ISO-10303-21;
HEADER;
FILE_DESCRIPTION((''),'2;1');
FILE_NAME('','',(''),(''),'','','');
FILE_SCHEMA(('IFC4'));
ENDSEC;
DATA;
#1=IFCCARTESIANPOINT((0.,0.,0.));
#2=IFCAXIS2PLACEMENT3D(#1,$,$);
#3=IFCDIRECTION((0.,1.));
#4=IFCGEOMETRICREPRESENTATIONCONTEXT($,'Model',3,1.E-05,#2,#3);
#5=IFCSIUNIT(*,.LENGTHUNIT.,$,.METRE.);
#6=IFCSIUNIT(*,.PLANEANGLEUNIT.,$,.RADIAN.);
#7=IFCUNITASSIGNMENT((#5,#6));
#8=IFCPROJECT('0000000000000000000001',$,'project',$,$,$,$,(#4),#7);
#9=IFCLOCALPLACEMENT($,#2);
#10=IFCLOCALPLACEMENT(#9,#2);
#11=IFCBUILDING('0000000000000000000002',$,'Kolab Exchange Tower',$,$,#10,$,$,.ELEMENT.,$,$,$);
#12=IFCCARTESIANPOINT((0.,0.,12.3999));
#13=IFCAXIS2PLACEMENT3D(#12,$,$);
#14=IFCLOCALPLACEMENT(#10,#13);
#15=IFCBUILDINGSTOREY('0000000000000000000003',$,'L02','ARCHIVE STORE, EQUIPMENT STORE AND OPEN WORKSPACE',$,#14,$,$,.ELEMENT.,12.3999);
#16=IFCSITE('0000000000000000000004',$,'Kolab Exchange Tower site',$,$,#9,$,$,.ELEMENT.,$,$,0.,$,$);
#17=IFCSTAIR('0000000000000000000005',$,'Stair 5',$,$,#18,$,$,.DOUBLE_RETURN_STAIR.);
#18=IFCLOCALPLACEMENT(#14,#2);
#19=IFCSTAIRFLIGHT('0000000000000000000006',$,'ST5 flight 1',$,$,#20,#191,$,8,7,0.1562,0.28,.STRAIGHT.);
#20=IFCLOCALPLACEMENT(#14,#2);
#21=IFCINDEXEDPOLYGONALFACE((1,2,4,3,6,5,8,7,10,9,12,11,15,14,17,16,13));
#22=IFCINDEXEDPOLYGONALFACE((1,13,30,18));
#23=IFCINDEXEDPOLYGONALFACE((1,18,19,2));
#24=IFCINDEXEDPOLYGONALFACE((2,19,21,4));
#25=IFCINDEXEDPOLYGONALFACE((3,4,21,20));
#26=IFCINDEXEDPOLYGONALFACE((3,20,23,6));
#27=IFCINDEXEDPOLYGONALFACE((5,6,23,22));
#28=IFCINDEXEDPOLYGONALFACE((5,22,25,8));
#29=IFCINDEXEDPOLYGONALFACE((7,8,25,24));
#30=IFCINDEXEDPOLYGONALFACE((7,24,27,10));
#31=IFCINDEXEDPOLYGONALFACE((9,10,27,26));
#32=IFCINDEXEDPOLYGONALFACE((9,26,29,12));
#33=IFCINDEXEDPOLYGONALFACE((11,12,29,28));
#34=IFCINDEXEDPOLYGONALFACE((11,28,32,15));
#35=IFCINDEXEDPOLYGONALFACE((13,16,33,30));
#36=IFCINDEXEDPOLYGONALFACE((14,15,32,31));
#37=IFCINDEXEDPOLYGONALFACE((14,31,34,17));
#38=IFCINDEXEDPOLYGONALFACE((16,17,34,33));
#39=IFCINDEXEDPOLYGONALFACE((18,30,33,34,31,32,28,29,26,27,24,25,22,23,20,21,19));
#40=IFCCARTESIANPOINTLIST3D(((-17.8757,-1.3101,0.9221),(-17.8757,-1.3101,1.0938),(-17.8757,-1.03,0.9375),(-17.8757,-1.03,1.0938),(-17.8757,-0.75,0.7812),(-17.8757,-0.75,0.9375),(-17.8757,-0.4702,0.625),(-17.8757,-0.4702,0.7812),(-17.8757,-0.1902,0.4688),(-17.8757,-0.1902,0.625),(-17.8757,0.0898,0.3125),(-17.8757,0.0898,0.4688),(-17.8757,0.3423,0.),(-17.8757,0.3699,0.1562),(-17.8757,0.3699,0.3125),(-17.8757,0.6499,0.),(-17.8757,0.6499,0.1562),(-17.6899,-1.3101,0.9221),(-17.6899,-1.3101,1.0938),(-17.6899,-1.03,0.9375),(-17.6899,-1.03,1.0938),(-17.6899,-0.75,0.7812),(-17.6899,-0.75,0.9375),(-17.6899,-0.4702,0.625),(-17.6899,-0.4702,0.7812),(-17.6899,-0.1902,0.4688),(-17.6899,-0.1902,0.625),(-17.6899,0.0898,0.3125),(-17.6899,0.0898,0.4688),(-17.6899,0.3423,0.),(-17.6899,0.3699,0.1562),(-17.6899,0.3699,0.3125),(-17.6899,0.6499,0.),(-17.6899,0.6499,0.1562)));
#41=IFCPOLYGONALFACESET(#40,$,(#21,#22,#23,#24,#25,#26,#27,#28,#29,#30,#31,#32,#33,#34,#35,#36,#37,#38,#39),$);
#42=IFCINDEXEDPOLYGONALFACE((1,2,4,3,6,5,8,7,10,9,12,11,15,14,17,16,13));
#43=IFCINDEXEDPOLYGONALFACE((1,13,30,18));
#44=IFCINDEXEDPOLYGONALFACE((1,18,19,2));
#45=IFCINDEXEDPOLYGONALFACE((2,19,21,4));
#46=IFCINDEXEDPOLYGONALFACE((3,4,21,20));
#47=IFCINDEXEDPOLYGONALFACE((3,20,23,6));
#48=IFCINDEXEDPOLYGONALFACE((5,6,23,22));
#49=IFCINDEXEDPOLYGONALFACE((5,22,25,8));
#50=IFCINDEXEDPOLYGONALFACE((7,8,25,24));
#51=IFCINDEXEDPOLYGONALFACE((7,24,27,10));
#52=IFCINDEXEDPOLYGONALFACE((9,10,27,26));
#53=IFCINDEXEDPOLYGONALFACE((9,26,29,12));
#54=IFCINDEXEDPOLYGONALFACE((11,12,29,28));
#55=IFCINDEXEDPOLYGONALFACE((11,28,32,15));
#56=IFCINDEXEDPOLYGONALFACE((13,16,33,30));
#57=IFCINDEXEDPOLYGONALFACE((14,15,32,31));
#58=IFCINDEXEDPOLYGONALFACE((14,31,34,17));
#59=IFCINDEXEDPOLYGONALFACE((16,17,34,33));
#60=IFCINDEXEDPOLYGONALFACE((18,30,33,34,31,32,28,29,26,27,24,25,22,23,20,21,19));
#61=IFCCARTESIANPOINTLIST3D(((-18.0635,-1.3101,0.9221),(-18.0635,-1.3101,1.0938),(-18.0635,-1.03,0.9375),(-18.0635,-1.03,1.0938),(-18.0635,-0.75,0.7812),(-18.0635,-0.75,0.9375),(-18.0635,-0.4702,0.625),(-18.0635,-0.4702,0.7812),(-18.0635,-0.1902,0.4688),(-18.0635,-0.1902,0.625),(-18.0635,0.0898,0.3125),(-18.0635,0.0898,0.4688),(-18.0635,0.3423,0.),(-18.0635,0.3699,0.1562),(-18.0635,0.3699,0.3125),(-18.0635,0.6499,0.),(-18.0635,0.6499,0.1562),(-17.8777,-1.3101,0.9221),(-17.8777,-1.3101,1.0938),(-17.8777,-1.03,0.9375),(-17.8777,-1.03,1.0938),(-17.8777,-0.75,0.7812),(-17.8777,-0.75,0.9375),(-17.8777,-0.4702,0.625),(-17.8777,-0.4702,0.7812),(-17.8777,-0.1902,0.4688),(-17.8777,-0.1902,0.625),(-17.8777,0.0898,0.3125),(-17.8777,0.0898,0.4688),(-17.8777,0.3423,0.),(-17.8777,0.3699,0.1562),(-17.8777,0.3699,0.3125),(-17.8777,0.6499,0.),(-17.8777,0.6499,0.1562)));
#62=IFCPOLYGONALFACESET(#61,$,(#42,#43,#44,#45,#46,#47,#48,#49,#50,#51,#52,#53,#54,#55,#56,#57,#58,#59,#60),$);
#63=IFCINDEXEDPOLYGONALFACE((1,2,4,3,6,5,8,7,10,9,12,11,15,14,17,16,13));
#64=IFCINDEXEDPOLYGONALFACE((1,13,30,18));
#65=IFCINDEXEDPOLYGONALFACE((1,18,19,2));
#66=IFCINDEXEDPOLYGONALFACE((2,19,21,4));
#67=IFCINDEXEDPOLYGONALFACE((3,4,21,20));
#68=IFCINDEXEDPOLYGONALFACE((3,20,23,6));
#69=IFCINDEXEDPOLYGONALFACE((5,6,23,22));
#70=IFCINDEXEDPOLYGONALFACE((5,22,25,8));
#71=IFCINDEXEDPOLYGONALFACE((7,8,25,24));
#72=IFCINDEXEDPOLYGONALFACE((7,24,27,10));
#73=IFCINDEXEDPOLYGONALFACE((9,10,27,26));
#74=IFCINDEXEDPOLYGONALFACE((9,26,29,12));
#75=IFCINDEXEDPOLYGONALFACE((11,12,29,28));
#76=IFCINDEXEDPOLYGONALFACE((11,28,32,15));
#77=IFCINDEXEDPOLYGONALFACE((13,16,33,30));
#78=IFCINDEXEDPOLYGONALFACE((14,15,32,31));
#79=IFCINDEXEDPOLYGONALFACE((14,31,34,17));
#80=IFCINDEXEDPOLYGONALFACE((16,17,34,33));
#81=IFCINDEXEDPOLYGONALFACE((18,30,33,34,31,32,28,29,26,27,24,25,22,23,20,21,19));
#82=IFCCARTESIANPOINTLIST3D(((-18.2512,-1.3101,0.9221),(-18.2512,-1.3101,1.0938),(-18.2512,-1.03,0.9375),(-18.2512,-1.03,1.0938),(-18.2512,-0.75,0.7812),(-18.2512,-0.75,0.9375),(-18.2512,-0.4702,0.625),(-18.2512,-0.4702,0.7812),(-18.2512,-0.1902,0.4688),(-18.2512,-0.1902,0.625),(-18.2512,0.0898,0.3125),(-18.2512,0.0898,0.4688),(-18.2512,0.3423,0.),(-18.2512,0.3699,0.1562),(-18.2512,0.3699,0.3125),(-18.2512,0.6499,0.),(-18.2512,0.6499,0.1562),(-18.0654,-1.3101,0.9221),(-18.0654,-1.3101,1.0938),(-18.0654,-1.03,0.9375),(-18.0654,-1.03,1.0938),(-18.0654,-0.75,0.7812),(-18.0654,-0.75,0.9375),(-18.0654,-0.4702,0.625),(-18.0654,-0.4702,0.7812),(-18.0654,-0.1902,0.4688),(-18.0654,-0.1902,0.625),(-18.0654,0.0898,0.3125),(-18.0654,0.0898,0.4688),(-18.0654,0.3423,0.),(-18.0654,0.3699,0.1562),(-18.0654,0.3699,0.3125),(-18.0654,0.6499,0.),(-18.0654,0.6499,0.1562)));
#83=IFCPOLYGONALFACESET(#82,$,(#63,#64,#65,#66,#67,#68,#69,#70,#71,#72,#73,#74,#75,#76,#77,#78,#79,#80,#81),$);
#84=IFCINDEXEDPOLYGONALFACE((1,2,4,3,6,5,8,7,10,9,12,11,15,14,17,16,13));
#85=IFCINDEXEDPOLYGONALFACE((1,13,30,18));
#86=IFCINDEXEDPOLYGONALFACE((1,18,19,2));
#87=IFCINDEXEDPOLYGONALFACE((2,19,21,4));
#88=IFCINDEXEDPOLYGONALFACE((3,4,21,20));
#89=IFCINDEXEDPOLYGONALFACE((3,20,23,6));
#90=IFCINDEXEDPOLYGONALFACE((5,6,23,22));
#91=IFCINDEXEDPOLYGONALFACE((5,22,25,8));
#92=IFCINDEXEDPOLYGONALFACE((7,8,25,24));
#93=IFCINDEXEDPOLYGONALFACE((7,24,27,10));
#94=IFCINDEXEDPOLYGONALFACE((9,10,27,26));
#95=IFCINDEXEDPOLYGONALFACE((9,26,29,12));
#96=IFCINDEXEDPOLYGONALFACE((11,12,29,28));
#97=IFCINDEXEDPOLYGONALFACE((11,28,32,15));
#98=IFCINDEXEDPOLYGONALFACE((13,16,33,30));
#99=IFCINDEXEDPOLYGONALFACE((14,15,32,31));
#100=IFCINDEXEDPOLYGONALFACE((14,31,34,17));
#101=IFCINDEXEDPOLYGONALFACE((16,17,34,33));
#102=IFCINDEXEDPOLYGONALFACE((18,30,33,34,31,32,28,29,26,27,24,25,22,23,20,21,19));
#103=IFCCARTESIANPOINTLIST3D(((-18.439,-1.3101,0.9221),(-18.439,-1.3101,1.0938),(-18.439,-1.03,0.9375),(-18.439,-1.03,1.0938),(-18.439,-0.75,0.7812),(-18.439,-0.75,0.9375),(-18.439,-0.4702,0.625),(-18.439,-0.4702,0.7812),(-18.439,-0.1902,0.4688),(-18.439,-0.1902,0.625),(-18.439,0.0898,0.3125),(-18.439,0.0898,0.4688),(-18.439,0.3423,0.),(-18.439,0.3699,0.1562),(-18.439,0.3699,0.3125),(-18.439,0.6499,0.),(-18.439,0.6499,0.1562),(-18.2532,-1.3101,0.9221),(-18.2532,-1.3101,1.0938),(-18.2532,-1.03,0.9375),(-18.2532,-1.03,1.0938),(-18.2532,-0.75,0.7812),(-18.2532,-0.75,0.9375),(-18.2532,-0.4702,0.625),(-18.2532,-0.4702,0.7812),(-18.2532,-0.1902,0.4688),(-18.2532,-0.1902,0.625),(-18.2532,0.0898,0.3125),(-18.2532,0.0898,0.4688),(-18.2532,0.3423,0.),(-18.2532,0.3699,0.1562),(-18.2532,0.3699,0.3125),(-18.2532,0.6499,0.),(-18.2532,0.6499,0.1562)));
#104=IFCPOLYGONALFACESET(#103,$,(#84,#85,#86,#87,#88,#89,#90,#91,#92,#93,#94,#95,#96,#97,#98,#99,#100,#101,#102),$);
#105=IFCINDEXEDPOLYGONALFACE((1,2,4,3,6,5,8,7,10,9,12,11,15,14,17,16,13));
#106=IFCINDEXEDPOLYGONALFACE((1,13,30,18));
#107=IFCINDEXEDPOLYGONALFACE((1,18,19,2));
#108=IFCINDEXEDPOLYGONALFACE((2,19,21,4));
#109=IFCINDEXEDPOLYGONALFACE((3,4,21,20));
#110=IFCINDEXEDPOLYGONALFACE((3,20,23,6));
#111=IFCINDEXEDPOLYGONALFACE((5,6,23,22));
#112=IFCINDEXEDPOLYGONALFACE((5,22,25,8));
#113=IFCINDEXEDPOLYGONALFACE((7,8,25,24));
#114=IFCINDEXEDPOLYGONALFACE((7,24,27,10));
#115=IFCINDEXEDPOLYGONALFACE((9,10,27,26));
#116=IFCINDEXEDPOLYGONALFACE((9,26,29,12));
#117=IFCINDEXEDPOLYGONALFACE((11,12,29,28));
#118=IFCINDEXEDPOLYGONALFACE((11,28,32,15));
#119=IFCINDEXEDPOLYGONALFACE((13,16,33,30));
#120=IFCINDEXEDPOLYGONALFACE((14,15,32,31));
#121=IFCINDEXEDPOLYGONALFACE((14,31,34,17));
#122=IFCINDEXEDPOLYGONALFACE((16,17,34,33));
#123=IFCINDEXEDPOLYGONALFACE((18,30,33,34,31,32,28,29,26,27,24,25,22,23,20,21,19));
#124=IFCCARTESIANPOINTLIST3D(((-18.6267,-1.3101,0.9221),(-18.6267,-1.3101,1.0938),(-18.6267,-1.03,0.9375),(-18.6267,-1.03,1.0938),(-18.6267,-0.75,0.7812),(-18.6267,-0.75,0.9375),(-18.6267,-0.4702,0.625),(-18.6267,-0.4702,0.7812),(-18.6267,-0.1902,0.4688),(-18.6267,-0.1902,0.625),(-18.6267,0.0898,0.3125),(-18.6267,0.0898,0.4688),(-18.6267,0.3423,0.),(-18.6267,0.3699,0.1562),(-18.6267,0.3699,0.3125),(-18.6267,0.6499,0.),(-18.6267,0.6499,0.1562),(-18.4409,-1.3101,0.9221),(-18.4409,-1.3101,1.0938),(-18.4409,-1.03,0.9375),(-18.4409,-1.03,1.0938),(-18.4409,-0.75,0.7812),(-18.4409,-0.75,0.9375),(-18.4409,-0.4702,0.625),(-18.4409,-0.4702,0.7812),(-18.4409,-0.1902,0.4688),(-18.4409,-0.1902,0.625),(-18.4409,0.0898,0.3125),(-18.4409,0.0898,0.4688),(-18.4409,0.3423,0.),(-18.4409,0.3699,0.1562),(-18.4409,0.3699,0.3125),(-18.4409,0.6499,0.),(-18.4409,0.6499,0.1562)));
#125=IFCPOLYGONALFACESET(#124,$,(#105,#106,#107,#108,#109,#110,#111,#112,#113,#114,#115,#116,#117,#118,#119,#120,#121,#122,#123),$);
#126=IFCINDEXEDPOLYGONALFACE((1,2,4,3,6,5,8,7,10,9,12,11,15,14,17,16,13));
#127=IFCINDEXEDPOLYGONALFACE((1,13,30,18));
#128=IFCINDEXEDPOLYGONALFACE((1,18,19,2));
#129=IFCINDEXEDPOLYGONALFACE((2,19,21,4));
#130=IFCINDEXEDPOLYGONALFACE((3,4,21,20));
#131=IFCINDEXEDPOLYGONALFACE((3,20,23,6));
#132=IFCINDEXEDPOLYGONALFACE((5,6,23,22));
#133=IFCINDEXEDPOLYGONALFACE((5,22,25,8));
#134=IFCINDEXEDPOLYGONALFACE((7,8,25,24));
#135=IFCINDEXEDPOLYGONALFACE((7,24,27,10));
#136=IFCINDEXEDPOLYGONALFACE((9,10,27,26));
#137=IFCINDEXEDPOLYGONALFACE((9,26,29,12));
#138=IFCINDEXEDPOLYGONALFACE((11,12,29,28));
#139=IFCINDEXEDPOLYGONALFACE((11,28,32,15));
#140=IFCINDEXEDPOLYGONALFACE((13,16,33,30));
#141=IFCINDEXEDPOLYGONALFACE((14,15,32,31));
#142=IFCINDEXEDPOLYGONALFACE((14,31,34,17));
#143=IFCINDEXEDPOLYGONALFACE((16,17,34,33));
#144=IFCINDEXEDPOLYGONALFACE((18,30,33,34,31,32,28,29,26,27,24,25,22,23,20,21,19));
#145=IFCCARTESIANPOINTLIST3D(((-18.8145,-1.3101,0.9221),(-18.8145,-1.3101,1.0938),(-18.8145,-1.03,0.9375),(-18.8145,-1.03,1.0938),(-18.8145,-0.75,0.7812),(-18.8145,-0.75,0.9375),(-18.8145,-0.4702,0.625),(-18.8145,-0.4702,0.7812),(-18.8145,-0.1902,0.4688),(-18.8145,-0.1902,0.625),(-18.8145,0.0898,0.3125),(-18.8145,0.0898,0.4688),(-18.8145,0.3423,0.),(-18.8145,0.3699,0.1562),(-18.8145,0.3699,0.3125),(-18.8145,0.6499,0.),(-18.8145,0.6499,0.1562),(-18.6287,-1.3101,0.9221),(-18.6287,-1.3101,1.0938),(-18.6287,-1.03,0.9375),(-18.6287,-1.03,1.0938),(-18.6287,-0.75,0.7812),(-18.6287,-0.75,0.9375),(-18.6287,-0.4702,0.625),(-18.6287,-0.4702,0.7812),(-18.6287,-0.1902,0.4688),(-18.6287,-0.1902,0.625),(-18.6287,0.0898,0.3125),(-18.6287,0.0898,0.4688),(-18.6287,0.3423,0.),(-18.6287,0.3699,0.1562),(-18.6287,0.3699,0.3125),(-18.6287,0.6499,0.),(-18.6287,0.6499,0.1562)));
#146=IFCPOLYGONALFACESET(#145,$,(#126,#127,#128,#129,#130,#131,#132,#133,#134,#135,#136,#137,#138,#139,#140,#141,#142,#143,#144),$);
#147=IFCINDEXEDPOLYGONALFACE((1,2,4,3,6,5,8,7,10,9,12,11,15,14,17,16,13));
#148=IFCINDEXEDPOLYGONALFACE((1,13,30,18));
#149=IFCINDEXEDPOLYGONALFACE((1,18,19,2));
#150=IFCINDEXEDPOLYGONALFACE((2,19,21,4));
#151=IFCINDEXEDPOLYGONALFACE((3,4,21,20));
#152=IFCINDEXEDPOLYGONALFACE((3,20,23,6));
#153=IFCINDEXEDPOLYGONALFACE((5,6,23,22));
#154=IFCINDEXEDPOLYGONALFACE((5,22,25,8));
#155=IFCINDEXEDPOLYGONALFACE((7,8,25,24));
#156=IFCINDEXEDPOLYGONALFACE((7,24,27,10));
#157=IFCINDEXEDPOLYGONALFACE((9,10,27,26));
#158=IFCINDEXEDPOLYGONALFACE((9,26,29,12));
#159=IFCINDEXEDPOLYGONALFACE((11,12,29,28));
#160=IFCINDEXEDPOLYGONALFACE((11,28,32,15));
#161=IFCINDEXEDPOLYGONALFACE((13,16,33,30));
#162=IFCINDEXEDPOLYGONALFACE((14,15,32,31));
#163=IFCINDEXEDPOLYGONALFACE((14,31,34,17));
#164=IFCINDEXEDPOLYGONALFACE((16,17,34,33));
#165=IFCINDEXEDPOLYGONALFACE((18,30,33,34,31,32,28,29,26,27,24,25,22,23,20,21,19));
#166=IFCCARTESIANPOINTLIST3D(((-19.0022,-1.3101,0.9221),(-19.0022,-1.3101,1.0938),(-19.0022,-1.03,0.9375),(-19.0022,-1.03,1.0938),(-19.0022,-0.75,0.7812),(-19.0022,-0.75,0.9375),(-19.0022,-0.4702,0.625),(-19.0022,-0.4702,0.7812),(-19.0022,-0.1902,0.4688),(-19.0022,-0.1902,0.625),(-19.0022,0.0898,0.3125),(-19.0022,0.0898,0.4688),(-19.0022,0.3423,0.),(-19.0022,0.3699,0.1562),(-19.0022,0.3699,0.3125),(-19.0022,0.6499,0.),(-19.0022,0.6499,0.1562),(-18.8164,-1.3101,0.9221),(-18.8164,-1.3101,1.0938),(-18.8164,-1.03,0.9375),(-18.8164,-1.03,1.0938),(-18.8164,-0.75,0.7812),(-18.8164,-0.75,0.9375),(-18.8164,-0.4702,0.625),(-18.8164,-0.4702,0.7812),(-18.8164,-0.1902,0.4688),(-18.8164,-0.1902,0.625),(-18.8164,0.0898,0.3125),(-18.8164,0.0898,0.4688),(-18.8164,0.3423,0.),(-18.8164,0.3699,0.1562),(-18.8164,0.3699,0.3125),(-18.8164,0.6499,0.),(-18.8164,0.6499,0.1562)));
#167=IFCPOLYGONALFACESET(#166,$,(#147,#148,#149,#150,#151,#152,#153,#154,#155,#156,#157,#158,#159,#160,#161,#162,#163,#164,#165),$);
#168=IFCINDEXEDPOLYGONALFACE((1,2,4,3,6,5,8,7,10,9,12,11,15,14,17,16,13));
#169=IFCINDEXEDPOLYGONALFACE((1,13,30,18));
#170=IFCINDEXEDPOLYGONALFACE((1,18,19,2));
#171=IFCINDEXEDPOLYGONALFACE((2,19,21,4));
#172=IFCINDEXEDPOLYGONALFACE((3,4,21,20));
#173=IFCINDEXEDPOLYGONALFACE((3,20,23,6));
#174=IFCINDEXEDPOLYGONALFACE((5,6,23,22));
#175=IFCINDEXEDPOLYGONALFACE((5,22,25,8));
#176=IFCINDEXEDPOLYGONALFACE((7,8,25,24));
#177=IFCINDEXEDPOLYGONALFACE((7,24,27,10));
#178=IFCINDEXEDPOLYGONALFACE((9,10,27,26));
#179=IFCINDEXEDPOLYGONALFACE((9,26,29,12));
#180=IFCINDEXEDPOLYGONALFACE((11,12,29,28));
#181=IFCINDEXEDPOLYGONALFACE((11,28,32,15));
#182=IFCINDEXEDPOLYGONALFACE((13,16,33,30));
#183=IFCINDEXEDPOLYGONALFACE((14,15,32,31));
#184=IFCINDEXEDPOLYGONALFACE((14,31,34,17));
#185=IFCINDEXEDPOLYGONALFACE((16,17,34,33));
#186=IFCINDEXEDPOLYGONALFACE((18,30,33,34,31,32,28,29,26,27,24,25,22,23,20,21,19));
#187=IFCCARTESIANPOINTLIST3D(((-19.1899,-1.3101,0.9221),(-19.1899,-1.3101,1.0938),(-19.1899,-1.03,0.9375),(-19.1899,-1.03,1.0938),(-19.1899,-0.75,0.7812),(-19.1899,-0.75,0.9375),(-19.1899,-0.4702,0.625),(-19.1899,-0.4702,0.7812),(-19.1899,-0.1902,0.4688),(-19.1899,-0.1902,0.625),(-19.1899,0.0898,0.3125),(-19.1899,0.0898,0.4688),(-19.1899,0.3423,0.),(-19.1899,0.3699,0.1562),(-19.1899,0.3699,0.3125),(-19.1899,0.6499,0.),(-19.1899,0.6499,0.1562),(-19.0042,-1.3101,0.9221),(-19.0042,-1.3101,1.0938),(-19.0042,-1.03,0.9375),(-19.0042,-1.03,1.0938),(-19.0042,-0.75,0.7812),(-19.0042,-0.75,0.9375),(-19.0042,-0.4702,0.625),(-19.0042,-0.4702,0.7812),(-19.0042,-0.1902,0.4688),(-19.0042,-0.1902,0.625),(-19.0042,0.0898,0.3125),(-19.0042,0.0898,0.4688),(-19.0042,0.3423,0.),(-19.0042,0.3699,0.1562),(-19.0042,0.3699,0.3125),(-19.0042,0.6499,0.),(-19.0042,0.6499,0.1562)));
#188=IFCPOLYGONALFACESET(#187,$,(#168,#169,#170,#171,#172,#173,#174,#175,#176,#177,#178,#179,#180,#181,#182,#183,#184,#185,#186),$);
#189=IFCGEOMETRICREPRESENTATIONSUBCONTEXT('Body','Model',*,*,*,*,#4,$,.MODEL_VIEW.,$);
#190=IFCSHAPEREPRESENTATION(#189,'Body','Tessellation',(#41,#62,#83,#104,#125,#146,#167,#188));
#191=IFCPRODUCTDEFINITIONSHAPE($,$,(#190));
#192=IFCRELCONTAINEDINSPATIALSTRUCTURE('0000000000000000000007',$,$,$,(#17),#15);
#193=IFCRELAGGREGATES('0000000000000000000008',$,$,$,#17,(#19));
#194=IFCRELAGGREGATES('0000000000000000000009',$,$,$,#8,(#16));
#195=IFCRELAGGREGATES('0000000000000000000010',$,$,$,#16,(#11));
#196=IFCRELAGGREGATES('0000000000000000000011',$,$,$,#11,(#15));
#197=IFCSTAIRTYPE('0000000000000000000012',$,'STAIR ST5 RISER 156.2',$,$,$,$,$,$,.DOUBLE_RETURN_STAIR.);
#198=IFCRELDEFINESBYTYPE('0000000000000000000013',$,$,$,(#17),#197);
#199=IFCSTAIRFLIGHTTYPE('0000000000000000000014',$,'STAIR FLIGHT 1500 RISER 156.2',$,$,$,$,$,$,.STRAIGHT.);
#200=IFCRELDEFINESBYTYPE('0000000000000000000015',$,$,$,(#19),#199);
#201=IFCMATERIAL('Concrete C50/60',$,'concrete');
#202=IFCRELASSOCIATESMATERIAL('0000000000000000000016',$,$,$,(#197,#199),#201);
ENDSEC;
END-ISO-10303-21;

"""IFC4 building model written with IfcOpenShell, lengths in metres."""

from ifc_helpers import new_model, si_unit, direction, frame, origin, place, context, subcontext, project, spatial, polyline, outline, extrude, material, type_object, element, aggregate, save


model = new_model("IFC4")

# Units and contexts
model_context = context("Model", 3, precision=1e-05, world=origin(), true_north=direction((0.0, 1.0)))
body_context = subcontext(model_context, "Body", "Model", "MODEL_VIEW")
ifc_project = project(units=[si_unit("LENGTHUNIT", "METRE"), si_unit("PLANEANGLEUNIT", "RADIAN")], contexts=[model_context])

# Site, building, storey
site_placement = place(None, origin())
site = spatial("IfcSite", under=ifc_project, at=site_placement, Name="Kolab Exchange Tower site", CompositionType="ELEMENT", RefElevation=0.0)
building_placement = place(site_placement, origin())
building = spatial("IfcBuilding", under=site, at=building_placement, Name="Kolab Exchange Tower", CompositionType="ELEMENT")
storey_placement = place(building_placement, frame((0.0, 0.0, 12.3999)))
storey = spatial("IfcBuildingStorey", under=building, at=storey_placement, Name="L02", Description="ARCHIVE STORE, EQUIPMENT STORE AND OPEN WORKSPACE", CompositionType="ELEMENT", Elevation=12.3999)

# Shared definitions
ifc_material_1 = material(Name="Concrete C50/60", Category="concrete")

# Stair, stair flight
stair_type = type_object("IfcStairType", Name="STAIR ST5 RISER 156.2", PredefinedType="DOUBLE_RETURN_STAIR", material=ifc_material_1)
stair_placement = place(storey_placement, origin())
stair = element("IfcStair", 1, at=stair_placement, inside=storey, type_object=stair_type, Name="Stair 5", PredefinedType="DOUBLE_RETURN_STAIR")
stair_flight_type = type_object("IfcStairFlightType", Name="STAIR FLIGHT 1500 RISER 156.2", PredefinedType="STRAIGHT", material=ifc_material_1)
stair_flight_1_placement = place(storey_placement, frame((-18.4399, 0.6499, 0.0), z_axis=(0.0, 0.0, 1.0), x_axis=(0.0, -1.0, 0.0)))
stair_flight_1 = element("IfcStairFlight", 2, at=stair_flight_1_placement, type_object=stair_flight_type, Name="ST5 flight 1", NumberOfRisers=8, NumberOfTreads=7, PredefinedType="STRAIGHT", RiserHeight=0.1562, TreadLength=0.28, context=body_context, shape_type="SweptSolid", body=[
    extrude(outline(polyline([(0.0, 0.0), (0.0, 0.1562), (0.28, 0.1562), (0.28, 0.3125), (0.5601, 0.3125), (0.5601, 0.4688), (0.8401, 0.4688), (0.8401, 0.625), (1.1201, 0.625), (1.1201, 0.7812), (1.3999, 0.7812), (1.3999, 0.9375), (1.6799, 0.9375), (1.6799, 1.0938), (1.96, 1.0938), (1.96, 1.25), (1.96, 0.9221), (0.3076, 0.0), (0.0, 0.0)])), frame((0.0, 0.75, 0.0), z_axis=(0.0, -1.0, 0.0), x_axis=(1.0, 0.0, 0.0)), (0.0, 0.0, 1.0), 0.1858),
    extrude(outline(polyline([(0.0, 0.0), (0.0, 0.1562), (0.28, 0.1562), (0.28, 0.3125), (0.5601, 0.3125), (0.5601, 0.4688), (0.8401, 0.4688), (0.8401, 0.625), (1.1201, 0.625), (1.1201, 0.7812), (1.3999, 0.7812), (1.3999, 0.9375), (1.6799, 0.9375), (1.6799, 1.0938), (1.96, 1.0938), (1.96, 1.25), (1.96, 0.9221), (0.3076, 0.0), (0.0, 0.0)])), frame((0.0, 0.5623, 0.0), z_axis=(0.0, -1.0, 0.0), x_axis=(1.0, 0.0, 0.0)), (0.0, 0.0, 1.0), 0.1858),
    extrude(outline(polyline([(0.0, 0.0), (0.0, 0.1562), (0.28, 0.1562), (0.28, 0.3125), (0.5601, 0.3125), (0.5601, 0.4688), (0.8401, 0.4688), (0.8401, 0.625), (1.1201, 0.625), (1.1201, 0.7812), (1.3999, 0.7812), (1.3999, 0.9375), (1.6799, 0.9375), (1.6799, 1.0938), (1.96, 1.0938), (1.96, 1.25), (1.96, 0.9221), (0.3076, 0.0), (0.0, 0.0)])), frame((0.0, 0.3745, 0.0), z_axis=(0.0, -1.0, 0.0), x_axis=(1.0, 0.0, 0.0)), (0.0, 0.0, 1.0), 0.1858),
    extrude(outline(polyline([(0.0, 0.0), (0.0, 0.1562), (0.28, 0.1562), (0.28, 0.3125), (0.5601, 0.3125), (0.5601, 0.4688), (0.8401, 0.4688), (0.8401, 0.625), (1.1201, 0.625), (1.1201, 0.7812), (1.3999, 0.7812), (1.3999, 0.9375), (1.6799, 0.9375), (1.6799, 1.0938), (1.96, 1.0938), (1.96, 1.25), (1.96, 0.9221), (0.3076, 0.0), (0.0, 0.0)])), frame((0.0, 0.1868, 0.0), z_axis=(0.0, -1.0, 0.0), x_axis=(1.0, 0.0, 0.0)), (0.0, 0.0, 1.0), 0.1858),
    extrude(outline(polyline([(0.0, 0.0), (0.0, 0.1562), (0.28, 0.1562), (0.28, 0.3125), (0.5601, 0.3125), (0.5601, 0.4688), (0.8401, 0.4688), (0.8401, 0.625), (1.1201, 0.625), (1.1201, 0.7812), (1.3999, 0.7812), (1.3999, 0.9375), (1.6799, 0.9375), (1.6799, 1.0938), (1.96, 1.0938), (1.96, 1.25), (1.96, 0.9221), (0.3076, 0.0), (0.0, 0.0)])), frame((0.0, -0.001, 0.0), z_axis=(0.0, -1.0, 0.0), x_axis=(1.0, 0.0, 0.0)), (0.0, 0.0, 1.0), 0.1858),
    extrude(outline(polyline([(0.0, 0.0), (0.0, 0.1562), (0.28, 0.1562), (0.28, 0.3125), (0.5601, 0.3125), (0.5601, 0.4688), (0.8401, 0.4688), (0.8401, 0.625), (1.1201, 0.625), (1.1201, 0.7812), (1.3999, 0.7812), (1.3999, 0.9375), (1.6799, 0.9375), (1.6799, 1.0938), (1.96, 1.0938), (1.96, 1.25), (1.96, 0.9221), (0.3076, 0.0), (0.0, 0.0)])), frame((0.0, -0.1887, 0.0), z_axis=(0.0, -1.0, 0.0), x_axis=(1.0, 0.0, 0.0)), (0.0, 0.0, 1.0), 0.1858),
    extrude(outline(polyline([(0.0, 0.0), (0.0, 0.1562), (0.28, 0.1562), (0.28, 0.3125), (0.5601, 0.3125), (0.5601, 0.4688), (0.8401, 0.4688), (0.8401, 0.625), (1.1201, 0.625), (1.1201, 0.7812), (1.3999, 0.7812), (1.3999, 0.9375), (1.6799, 0.9375), (1.6799, 1.0938), (1.96, 1.0938), (1.96, 1.25), (1.96, 0.9221), (0.3076, 0.0), (0.0, 0.0)])), frame((0.0, -0.3765, 0.0), z_axis=(0.0, -1.0, 0.0), x_axis=(1.0, 0.0, 0.0)), (0.0, 0.0, 1.0), 0.1858),
    extrude(outline(polyline([(0.0, 0.0), (0.0, 0.1562), (0.28, 0.1562), (0.28, 0.3125), (0.5601, 0.3125), (0.5601, 0.4688), (0.8401, 0.4688), (0.8401, 0.625), (1.1201, 0.625), (1.1201, 0.7812), (1.3999, 0.7812), (1.3999, 0.9375), (1.6799, 0.9375), (1.6799, 1.0938), (1.96, 1.0938), (1.96, 1.25), (1.96, 0.9221), (0.3076, 0.0), (0.0, 0.0)])), frame((0.0, -0.5642, 0.0), z_axis=(0.0, -1.0, 0.0), x_axis=(1.0, 0.0, 0.0)), (0.0, 0.0, 1.0), 0.1858),
])
aggregate(stair, [stair_flight_1])

save(model, "model.ifc")
